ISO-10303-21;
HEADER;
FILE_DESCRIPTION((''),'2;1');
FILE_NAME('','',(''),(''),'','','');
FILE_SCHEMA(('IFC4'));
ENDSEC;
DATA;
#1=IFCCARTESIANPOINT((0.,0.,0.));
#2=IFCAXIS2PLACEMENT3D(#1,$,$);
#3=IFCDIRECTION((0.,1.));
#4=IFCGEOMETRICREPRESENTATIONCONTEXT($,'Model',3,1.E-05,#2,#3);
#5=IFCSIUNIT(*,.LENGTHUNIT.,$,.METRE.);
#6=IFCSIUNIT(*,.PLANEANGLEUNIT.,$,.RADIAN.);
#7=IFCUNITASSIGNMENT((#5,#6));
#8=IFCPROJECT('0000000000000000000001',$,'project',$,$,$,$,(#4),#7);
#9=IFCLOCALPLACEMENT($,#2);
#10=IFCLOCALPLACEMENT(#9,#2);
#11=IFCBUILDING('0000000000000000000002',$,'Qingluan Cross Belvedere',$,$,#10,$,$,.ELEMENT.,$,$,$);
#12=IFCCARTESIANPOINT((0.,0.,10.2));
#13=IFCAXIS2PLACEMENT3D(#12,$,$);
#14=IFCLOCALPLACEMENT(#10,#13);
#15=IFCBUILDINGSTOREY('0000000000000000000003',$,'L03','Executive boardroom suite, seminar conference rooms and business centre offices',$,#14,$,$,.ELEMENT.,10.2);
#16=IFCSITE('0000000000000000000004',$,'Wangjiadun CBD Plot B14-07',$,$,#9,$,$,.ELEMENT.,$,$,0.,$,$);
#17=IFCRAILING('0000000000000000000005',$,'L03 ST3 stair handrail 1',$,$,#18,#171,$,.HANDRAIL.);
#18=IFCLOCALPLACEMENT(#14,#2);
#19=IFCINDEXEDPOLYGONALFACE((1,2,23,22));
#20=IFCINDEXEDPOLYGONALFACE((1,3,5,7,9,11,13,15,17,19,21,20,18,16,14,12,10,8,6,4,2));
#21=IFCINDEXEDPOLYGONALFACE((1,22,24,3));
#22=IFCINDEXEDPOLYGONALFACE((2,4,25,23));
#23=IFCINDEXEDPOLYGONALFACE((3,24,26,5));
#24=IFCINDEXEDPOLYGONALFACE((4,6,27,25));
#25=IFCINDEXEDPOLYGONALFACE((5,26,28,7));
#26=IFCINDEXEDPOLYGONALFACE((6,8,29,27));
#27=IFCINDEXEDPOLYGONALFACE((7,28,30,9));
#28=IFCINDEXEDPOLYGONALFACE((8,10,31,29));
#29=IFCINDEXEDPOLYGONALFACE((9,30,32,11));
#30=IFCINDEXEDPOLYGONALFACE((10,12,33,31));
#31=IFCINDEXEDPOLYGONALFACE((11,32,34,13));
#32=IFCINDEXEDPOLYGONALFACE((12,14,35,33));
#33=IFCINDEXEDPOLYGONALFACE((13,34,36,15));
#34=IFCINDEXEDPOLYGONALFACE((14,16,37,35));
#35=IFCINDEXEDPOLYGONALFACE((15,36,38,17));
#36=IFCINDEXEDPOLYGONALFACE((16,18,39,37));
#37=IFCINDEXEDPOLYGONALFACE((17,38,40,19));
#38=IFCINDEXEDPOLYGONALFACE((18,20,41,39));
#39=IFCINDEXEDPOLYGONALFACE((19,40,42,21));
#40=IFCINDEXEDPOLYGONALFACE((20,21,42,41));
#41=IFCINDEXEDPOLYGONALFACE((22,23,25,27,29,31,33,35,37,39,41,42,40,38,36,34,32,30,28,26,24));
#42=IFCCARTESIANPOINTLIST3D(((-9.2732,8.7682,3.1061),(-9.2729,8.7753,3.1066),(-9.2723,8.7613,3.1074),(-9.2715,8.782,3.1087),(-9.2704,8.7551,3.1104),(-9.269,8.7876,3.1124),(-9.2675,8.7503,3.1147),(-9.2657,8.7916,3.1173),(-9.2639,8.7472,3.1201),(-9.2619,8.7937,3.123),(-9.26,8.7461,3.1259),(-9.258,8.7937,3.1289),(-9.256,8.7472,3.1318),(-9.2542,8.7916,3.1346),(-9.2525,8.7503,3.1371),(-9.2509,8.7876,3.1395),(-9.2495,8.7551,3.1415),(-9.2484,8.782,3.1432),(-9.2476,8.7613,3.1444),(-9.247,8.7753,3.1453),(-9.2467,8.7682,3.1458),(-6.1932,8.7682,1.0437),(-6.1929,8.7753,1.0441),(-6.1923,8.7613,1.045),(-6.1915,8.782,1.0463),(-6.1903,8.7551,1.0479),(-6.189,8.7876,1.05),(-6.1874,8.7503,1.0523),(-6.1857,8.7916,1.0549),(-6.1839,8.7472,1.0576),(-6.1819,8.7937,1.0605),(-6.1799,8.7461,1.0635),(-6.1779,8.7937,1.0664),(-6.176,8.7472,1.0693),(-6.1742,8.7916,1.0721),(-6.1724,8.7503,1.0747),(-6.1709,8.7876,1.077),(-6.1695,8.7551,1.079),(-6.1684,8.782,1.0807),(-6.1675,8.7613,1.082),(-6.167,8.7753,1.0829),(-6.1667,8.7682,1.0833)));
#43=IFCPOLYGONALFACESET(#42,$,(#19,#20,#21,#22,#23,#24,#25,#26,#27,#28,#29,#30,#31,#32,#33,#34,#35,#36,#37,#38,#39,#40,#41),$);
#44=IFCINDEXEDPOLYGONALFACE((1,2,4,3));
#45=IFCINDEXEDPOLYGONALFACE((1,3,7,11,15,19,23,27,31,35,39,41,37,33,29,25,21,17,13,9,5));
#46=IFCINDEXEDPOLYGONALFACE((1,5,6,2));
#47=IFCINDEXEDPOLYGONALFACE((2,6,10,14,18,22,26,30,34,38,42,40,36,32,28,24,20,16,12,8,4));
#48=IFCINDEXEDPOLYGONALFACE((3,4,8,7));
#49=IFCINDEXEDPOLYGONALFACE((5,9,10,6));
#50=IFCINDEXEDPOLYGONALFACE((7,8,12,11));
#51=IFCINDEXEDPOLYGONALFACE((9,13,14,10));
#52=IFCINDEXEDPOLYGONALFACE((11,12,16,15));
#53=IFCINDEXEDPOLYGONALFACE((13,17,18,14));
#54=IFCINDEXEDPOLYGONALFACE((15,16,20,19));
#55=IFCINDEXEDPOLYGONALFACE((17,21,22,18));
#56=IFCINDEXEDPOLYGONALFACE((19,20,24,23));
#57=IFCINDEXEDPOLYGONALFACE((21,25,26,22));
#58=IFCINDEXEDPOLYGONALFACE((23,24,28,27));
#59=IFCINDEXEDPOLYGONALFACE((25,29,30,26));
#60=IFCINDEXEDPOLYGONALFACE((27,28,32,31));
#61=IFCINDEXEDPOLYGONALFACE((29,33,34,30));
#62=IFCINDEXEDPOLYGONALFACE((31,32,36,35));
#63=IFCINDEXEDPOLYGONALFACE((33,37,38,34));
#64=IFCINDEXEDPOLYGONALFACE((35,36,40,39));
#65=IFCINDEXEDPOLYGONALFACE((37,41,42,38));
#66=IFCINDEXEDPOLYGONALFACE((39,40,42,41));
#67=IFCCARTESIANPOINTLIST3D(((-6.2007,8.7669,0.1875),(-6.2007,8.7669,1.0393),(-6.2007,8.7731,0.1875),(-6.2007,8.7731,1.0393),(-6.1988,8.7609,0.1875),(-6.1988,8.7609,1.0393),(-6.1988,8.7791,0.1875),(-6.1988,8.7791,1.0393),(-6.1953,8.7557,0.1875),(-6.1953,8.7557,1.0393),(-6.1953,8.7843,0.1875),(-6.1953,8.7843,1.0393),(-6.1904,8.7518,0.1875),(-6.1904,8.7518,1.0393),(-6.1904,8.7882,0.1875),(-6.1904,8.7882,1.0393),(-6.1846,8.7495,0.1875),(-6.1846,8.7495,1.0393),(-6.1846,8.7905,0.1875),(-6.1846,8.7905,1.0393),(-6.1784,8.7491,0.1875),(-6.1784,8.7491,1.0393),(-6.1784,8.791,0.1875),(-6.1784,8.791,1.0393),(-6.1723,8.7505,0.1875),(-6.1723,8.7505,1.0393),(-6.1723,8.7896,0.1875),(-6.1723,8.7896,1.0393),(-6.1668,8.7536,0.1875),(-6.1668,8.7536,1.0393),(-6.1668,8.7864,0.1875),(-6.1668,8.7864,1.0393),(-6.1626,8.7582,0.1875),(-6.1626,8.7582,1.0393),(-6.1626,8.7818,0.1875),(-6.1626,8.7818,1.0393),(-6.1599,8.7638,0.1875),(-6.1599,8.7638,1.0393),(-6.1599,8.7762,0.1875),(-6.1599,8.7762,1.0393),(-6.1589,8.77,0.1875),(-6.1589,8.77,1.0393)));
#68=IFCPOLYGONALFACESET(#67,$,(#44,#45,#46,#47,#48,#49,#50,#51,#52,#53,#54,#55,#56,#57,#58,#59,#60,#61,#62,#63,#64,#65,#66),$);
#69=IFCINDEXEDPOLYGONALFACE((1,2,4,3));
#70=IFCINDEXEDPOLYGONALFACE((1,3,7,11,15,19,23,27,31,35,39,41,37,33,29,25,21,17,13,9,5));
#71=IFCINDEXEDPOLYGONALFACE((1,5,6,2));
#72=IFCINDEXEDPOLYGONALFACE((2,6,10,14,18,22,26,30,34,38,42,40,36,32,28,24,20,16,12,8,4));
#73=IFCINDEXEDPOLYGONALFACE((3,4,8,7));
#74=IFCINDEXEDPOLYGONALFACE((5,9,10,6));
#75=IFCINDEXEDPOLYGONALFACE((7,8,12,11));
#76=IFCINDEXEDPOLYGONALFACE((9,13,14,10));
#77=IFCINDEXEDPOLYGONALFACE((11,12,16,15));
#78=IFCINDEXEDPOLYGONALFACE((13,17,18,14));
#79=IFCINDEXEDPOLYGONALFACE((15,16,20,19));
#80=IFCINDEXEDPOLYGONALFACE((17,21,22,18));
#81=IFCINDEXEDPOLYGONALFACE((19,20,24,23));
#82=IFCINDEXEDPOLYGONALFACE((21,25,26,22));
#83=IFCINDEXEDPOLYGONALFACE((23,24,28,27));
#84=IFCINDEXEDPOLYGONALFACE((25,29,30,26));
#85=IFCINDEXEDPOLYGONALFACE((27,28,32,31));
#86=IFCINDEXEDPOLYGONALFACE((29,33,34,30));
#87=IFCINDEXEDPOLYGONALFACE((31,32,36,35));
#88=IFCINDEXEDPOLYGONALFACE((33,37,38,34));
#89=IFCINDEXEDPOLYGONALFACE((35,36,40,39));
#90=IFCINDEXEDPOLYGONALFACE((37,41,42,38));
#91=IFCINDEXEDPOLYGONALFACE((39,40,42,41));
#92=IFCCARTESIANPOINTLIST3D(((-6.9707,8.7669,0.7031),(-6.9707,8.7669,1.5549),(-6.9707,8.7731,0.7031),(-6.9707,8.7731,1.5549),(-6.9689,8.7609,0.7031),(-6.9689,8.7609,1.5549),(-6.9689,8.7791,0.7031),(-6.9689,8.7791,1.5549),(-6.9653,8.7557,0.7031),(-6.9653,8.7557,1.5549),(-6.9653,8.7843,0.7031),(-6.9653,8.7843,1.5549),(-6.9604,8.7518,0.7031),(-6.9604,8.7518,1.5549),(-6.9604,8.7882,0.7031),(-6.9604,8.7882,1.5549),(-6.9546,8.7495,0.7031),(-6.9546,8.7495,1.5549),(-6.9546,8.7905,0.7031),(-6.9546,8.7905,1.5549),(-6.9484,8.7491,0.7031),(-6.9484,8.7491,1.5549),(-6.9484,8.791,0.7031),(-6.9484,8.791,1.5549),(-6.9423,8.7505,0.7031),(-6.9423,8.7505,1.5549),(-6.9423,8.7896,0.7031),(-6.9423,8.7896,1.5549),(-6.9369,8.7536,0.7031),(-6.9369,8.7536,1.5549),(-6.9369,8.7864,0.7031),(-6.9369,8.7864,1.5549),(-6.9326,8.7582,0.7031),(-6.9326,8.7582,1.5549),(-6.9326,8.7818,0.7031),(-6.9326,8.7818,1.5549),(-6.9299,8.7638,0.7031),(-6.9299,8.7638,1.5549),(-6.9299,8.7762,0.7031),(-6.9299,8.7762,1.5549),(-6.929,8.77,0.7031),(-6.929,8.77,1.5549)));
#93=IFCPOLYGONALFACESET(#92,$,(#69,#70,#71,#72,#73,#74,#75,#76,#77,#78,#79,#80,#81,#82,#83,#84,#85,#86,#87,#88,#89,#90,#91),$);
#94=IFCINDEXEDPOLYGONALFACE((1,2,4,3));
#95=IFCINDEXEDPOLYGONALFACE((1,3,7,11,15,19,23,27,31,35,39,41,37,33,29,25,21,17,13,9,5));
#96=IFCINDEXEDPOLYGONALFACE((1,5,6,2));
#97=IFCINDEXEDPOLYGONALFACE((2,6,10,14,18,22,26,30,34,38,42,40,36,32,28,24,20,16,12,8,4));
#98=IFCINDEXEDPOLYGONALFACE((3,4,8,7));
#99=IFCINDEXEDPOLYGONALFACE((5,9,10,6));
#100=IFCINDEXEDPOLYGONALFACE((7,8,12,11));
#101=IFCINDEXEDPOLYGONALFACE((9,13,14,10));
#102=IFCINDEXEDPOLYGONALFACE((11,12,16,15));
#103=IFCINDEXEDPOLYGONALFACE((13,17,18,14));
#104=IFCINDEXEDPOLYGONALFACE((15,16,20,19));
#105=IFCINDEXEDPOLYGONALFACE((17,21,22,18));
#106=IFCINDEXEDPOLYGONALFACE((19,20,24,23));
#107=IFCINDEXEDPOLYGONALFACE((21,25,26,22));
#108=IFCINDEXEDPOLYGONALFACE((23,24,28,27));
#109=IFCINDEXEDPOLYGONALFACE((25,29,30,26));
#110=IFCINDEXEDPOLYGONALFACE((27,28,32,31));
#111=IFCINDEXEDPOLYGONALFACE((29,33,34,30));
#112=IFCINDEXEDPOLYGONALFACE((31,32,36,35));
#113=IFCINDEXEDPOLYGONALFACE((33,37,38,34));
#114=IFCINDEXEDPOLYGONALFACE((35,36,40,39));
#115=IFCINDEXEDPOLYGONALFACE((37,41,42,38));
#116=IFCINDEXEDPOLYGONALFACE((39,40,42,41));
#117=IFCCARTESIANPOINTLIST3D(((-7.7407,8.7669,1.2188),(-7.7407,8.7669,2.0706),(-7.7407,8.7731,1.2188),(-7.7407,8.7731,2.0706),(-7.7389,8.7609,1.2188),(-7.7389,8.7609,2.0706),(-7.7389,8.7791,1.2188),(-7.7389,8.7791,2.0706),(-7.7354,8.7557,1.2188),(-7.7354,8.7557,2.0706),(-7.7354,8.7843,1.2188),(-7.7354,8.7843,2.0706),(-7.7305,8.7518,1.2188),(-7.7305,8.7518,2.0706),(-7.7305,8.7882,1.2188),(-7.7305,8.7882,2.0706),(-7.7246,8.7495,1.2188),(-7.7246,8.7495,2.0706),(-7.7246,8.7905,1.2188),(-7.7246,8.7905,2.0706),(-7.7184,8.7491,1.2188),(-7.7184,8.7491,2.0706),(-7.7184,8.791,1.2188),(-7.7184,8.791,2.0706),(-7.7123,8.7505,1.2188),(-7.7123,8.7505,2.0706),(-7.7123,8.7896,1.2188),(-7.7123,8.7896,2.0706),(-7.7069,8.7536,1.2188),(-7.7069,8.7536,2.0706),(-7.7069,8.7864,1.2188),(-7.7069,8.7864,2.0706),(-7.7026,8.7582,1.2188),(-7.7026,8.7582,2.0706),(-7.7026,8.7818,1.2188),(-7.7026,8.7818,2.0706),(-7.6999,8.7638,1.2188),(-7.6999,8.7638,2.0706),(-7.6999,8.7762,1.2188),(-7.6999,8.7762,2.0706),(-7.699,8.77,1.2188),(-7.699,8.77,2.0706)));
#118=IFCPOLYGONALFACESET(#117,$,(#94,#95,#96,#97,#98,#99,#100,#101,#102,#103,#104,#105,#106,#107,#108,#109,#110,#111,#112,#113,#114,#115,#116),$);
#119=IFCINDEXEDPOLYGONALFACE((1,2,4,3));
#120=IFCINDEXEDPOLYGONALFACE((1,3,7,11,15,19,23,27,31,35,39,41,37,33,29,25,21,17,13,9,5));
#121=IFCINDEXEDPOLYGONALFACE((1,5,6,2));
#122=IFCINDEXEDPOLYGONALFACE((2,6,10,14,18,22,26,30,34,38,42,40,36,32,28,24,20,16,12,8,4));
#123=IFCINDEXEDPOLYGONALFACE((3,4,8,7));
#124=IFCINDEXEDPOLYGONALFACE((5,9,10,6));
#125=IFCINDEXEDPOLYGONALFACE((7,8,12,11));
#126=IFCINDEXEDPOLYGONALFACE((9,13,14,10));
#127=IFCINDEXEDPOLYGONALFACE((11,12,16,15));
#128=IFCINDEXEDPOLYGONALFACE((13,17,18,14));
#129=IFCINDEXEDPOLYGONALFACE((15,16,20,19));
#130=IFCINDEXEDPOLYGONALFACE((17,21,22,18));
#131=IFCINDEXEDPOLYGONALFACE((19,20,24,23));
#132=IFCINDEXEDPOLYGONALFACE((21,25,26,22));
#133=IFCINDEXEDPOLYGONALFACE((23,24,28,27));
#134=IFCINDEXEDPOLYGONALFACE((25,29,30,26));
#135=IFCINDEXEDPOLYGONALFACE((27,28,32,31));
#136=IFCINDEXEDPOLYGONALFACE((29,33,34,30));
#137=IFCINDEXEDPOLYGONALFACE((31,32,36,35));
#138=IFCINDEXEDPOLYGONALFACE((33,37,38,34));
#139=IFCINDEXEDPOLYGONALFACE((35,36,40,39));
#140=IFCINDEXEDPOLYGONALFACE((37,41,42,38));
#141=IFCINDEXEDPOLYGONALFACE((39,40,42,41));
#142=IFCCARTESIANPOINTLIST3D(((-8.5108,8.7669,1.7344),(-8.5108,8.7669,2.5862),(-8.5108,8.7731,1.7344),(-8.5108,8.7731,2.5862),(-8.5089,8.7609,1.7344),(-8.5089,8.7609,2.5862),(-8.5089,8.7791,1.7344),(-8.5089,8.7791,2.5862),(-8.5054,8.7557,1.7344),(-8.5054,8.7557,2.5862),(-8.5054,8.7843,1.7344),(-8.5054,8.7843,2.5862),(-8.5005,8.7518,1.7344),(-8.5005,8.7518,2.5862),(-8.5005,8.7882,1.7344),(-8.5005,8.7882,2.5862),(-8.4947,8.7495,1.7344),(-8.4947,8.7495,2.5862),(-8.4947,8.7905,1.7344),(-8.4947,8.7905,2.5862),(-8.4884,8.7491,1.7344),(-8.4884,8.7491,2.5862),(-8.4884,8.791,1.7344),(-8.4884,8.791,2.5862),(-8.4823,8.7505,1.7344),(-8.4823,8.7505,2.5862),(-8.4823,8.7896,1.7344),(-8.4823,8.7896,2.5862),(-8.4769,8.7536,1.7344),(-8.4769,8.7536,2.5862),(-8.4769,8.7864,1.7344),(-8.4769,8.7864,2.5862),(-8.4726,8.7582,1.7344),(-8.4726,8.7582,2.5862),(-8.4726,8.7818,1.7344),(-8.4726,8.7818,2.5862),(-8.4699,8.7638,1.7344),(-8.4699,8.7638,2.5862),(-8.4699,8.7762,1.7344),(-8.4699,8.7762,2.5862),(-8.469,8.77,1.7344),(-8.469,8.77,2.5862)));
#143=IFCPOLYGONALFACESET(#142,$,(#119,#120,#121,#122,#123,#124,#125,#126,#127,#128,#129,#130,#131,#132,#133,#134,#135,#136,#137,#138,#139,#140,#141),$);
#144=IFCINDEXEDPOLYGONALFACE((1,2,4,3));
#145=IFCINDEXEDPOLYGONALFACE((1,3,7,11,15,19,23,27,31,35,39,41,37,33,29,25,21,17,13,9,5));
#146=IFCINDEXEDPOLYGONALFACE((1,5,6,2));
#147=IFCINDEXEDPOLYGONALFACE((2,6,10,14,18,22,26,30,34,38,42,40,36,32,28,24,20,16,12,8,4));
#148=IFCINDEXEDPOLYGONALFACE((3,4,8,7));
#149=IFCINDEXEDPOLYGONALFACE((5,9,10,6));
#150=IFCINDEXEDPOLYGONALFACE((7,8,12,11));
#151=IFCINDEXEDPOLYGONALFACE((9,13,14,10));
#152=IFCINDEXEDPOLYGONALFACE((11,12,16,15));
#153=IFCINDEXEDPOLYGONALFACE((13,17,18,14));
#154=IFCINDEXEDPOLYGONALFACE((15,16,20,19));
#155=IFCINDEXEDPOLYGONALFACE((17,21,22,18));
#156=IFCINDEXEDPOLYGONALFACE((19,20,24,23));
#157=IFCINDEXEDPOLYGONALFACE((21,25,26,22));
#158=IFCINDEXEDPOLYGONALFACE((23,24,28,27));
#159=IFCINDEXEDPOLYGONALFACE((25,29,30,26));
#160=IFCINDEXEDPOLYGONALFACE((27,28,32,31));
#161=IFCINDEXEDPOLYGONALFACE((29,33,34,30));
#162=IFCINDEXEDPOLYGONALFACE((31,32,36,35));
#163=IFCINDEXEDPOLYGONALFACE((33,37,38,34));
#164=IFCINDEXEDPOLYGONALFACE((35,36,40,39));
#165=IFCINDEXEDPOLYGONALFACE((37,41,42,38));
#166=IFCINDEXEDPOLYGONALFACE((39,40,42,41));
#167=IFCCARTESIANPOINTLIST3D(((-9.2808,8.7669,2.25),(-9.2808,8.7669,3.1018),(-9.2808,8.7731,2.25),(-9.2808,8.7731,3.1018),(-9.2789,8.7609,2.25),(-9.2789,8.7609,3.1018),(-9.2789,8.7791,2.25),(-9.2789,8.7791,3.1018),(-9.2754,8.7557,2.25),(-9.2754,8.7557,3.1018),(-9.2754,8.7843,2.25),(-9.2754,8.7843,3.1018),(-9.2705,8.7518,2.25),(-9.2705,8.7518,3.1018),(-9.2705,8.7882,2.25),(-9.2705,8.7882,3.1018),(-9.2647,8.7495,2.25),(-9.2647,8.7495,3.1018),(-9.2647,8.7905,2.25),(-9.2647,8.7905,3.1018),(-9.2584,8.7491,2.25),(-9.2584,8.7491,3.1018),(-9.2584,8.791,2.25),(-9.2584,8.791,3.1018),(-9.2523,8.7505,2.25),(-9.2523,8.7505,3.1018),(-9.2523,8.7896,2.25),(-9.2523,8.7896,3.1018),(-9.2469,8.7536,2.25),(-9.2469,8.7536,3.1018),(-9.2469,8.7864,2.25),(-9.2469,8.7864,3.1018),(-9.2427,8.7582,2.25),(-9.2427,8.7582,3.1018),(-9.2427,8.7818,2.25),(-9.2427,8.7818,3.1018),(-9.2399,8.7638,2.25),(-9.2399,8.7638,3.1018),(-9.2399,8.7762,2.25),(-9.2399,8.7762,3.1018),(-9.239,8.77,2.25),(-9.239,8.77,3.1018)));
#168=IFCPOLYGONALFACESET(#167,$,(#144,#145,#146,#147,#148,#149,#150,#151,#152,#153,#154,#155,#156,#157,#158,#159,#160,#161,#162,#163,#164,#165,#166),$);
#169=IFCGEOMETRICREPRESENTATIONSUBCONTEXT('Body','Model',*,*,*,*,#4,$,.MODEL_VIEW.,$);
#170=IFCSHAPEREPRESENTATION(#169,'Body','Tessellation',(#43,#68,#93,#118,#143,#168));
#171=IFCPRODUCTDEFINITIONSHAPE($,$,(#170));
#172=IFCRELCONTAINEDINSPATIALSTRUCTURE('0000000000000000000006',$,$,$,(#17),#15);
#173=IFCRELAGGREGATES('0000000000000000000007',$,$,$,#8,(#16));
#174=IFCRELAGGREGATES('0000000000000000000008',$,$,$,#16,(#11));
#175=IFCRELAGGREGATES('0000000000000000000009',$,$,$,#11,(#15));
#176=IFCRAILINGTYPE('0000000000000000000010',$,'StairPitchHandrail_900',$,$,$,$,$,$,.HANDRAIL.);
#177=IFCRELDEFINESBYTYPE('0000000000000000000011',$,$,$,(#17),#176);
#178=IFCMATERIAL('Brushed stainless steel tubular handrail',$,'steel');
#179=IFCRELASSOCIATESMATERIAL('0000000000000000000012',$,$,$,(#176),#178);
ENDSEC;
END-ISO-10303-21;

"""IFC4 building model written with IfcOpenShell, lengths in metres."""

from ifc_helpers import new_model, si_unit, direction, frame, origin, origin_2d, place, context, subcontext, project, spatial, circle, extrude, material, type_object, element, save


model = new_model("IFC4")

# Units and contexts
model_context = context("Model", 3, precision=1e-05, world=origin(), true_north=direction((0.0, 1.0)))
body_context = subcontext(model_context, "Body", "Model", "MODEL_VIEW")
ifc_project = project(units=[si_unit("LENGTHUNIT", "METRE"), si_unit("PLANEANGLEUNIT", "RADIAN")], contexts=[model_context])

# Site, building, storey
site_placement = place(None, origin())
site = spatial("IfcSite", under=ifc_project, at=site_placement, Name="Wangjiadun CBD Plot B14-07", CompositionType="ELEMENT", RefElevation=0.0)
building_placement = place(site_placement, origin())
building = spatial("IfcBuilding", under=site, at=building_placement, Name="Qingluan Cross Belvedere", CompositionType="ELEMENT")
storey_placement = place(building_placement, frame((0.0, 0.0, 10.2)))
storey = spatial("IfcBuildingStorey", under=building, at=storey_placement, Name="L03", Description="Executive boardroom suite, seminar conference rooms and business centre offices", CompositionType="ELEMENT", Elevation=10.2)

# Railing
ifc_material_1 = material(Name="Brushed stainless steel tubular handrail", Category="steel")
railing_type_1 = type_object("IfcRailingType", Name="StairPitchHandrail_900", PredefinedType="HANDRAIL", material=ifc_material_1)
railing_1_placement = place(storey_placement, frame((-6.1799, 8.77, 0.1875)))
element("IfcRailing", 1, at=railing_1_placement, inside=storey, type_object=railing_type_1, Name="L03 ST3 stair handrail 1", PredefinedType="HANDRAIL", context=body_context, shape_type="SweptSolid", body=[
    extrude(circle(Radius=0.0239, at=origin_2d()), frame((0.0, 0.0, 0.876), z_axis=(-0.830914, 0.0, 0.556401), x_axis=(0.0, -1.0, 0.0)), (0.0, 0.0, 1.0), 3.7068),
    extrude(circle(Radius=0.021, at=origin_2d()), origin(), (0.0, 0.0, 1.0), 0.8518),
    extrude(circle(Radius=0.021, at=origin_2d()), frame((-0.77, 0.0, 0.5156)), (0.0, 0.0, 1.0), 0.8518),
    extrude(circle(Radius=0.021, at=origin_2d()), frame((-1.54, 0.0, 1.0312)), (0.0, 0.0, 1.0), 0.8518),
    extrude(circle(Radius=0.021, at=origin_2d()), frame((-2.3101, 0.0, 1.5469)), (0.0, 0.0, 1.0), 0.8518),
    extrude(circle(Radius=0.021, at=origin_2d()), frame((-3.0801, 0.0, 2.0625)), (0.0, 0.0, 1.0), 0.8518),
])

save(model, "model.ifc")
